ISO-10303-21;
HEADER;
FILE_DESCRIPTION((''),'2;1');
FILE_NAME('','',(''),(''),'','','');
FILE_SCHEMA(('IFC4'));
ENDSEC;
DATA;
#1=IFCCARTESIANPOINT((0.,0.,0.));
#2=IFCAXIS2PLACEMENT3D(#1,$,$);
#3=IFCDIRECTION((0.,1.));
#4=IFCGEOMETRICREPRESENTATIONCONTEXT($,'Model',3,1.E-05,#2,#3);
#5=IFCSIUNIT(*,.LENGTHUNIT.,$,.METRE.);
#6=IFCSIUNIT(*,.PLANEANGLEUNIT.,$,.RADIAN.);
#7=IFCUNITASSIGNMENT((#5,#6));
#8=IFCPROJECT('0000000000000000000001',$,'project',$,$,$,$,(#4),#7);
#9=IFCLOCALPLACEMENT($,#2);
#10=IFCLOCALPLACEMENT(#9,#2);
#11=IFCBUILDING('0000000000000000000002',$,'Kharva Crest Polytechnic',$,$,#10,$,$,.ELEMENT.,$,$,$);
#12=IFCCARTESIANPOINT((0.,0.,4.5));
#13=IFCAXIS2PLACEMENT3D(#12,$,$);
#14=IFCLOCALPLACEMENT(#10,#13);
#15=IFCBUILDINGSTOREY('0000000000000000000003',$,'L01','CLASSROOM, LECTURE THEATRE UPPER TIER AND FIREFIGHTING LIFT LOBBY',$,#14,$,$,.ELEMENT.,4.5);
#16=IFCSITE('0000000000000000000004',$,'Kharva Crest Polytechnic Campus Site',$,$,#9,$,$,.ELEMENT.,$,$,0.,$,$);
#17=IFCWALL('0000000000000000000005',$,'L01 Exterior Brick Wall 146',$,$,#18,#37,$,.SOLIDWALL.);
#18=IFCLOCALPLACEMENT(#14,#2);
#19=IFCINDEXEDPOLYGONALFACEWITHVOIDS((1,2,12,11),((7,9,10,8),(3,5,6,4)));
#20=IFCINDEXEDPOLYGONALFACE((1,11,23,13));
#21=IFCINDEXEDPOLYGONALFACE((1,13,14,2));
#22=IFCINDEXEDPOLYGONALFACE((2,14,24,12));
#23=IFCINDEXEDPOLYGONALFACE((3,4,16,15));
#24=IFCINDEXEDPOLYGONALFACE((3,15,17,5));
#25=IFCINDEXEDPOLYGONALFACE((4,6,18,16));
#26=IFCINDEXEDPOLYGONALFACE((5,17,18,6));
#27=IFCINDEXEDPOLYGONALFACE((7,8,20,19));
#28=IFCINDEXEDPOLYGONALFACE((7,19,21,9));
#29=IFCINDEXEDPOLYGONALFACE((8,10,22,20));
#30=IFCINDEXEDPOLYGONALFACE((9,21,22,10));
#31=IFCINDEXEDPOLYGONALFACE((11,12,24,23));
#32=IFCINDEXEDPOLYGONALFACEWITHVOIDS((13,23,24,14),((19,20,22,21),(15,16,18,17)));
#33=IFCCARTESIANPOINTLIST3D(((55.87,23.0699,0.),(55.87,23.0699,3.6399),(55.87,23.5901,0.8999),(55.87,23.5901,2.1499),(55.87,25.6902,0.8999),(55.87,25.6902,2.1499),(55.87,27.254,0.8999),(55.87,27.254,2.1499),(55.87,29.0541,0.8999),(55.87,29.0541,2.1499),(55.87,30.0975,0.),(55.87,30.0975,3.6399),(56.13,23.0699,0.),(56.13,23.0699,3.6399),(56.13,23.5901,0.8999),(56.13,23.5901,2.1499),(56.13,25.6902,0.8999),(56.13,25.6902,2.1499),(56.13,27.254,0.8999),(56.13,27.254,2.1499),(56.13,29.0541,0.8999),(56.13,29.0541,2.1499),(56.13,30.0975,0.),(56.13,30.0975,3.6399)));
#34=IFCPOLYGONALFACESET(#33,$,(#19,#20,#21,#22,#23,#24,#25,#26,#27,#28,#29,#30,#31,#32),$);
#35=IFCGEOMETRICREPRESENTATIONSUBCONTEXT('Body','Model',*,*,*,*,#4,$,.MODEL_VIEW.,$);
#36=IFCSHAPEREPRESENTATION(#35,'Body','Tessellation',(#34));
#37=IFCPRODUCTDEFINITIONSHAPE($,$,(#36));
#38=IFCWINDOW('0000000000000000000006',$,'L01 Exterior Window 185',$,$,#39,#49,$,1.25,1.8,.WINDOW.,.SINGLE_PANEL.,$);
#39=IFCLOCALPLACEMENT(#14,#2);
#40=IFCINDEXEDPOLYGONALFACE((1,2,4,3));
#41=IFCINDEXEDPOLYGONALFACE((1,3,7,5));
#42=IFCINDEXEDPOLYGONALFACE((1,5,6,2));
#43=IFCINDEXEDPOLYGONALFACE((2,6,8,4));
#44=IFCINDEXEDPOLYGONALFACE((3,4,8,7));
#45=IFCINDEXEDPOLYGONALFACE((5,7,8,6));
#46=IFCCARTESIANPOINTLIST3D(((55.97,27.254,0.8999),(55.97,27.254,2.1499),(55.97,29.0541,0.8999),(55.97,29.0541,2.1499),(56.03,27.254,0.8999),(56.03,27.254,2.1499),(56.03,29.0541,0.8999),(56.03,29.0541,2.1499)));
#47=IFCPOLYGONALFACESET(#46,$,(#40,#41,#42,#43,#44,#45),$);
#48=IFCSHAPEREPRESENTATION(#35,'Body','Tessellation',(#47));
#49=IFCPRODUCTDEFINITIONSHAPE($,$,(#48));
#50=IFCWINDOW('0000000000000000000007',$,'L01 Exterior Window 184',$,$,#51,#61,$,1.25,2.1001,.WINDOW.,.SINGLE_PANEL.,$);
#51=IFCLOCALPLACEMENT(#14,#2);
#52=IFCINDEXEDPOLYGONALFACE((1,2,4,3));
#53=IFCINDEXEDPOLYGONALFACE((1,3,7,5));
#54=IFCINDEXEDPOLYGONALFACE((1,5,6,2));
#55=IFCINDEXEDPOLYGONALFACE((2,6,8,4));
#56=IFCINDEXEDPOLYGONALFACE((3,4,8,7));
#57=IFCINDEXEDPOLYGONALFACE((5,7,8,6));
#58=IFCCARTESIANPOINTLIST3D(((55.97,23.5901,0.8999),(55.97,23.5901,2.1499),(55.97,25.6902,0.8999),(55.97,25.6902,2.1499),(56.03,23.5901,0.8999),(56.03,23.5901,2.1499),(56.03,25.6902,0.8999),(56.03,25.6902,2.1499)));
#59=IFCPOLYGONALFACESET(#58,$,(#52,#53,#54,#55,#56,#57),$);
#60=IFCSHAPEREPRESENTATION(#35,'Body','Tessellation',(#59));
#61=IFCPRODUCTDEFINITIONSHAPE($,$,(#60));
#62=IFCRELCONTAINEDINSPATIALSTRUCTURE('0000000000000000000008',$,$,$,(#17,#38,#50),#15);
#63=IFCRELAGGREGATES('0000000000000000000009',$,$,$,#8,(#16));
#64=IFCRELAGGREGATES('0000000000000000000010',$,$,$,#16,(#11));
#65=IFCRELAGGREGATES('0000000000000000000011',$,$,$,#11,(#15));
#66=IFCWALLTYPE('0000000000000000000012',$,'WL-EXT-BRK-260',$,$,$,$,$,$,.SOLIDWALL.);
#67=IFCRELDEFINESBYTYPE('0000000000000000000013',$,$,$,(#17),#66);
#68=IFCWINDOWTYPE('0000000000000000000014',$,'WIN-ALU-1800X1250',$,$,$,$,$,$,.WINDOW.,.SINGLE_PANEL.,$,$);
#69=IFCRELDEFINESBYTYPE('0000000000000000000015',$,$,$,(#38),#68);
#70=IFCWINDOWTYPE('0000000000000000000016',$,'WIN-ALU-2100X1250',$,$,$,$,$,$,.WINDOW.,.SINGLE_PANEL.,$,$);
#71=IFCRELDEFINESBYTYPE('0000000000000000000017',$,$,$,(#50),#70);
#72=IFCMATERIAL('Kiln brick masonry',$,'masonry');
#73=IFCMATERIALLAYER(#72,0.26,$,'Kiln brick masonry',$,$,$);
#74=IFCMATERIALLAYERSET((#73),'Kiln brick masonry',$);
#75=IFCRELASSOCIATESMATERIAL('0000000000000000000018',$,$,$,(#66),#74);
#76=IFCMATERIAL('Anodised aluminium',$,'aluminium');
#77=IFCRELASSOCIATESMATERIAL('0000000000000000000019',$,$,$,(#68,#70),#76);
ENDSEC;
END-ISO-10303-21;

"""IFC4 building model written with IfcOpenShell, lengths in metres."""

from ifc_helpers import new_model, si_unit, direction, frame, frame_2d, origin, place, context, subcontext, project, spatial, rectangle, extrude, material, layer, layer_set, type_object, element, fill, save


model = new_model("IFC4")

# Units and contexts
model_context = context("Model", 3, precision=1e-05, world=origin(), true_north=direction((0.0, 1.0)))
body_context = subcontext(model_context, "Body", "Model", "MODEL_VIEW")
ifc_project = project(units=[si_unit("LENGTHUNIT", "METRE"), si_unit("PLANEANGLEUNIT", "RADIAN")], contexts=[model_context])

# Site, building, storey
site_placement = place(None, origin())
site = spatial("IfcSite", under=ifc_project, at=site_placement, Name="Kharva Crest Polytechnic Campus Site", CompositionType="ELEMENT", RefElevation=0.0)
building_placement = place(site_placement, origin())
building = spatial("IfcBuilding", under=site, at=building_placement, Name="Kharva Crest Polytechnic", CompositionType="ELEMENT")
storey_placement = place(building_placement, frame((0.0, 0.0, 4.5)))
storey = spatial("IfcBuildingStorey", under=building, at=storey_placement, Name="L01", Description="CLASSROOM, LECTURE THEATRE UPPER TIER AND FIREFIGHTING LIFT LOBBY", CompositionType="ELEMENT", Elevation=4.5)

# Wall, openings, windows
ifc_material_1 = material(Name="Kiln brick masonry", Category="masonry")
ifc_layer_1 = layer(ifc_material_1, 0.26, Name="Kiln brick masonry")
ifc_layer_set_1 = layer_set([ifc_layer_1], Name="Kiln brick masonry")
wall_type = type_object("IfcWallType", Name="WL-EXT-BRK-260", PredefinedType="SOLIDWALL", material=ifc_layer_set_1)
wall_placement = place(storey_placement, frame((56.0, 23.0701, 0.0), z_axis=(0.0, 0.0, 1.0), x_axis=(0.0, 1.0, 0.0)))
wall = element("IfcWall", 1, at=wall_placement, inside=storey, type_object=wall_type, Name="L01 Exterior Brick Wall 146", PredefinedType="SOLIDWALL", context=body_context, shape_type="SweptSolid", body=[
    extrude(rectangle(XDim=7.0276, YDim=0.26, at=frame_2d((3.5137, 0.0))), origin(), (0.0, 0.0, 1.0), 3.6399),
])
opening_1_placement = place(wall_placement, frame((0.52, 0.0, 0.8999)))
opening_1 = element("IfcOpeningElement", 2, at=opening_1_placement, cuts=wall, PredefinedType="OPENING", context=body_context, shape_type="SweptSolid", body=[
    extrude(rectangle(XDim=2.1001, YDim=1.25, at=frame_2d((1.05, 0.625))), frame((0.0, 0.1399, 0.0), z_axis=(0.0, -1.0, 0.0), x_axis=(1.0, 0.0, 0.0)), (0.0, 0.0, 1.0), 0.28),
])
opening_2_placement = place(wall_placement, frame((4.1841, 0.0, 0.8999)))
opening_2 = element("IfcOpeningElement", 3, at=opening_2_placement, cuts=wall, PredefinedType="OPENING", context=body_context, shape_type="SweptSolid", body=[
    extrude(rectangle(XDim=1.8, YDim=1.25, at=frame_2d((0.8999, 0.625))), frame((0.0, 0.1399, 0.0), z_axis=(0.0, -1.0, 0.0), x_axis=(1.0, 0.0, 0.0)), (0.0, 0.0, 1.0), 0.28),
])
ifc_material_2 = material(Name="Anodised aluminium", Category="aluminium")
window_type_1 = type_object("IfcWindowType", Name="WIN-ALU-1800X1250", PartitioningType="SINGLE_PANEL", PredefinedType="WINDOW", material=ifc_material_2)
window_1_placement = place(opening_2_placement, origin())
window_1 = element("IfcWindow", 4, at=window_1_placement, inside=storey, type_object=window_type_1, Name="L01 Exterior Window 185", OverallHeight=1.25, OverallWidth=1.8, PartitioningType="SINGLE_PANEL", PredefinedType="WINDOW", context=body_context, shape_type="SweptSolid", body=[
    extrude(rectangle(XDim=1.8, YDim=1.25, at=frame_2d((0.8999, 0.625))), frame((0.0, 0.03, 0.0), z_axis=(0.0, -1.0, 0.0), x_axis=(1.0, 0.0, 0.0)), (0.0, 0.0, 1.0), 0.0601),
])
fill(opening_2, window_1)
window_type_2 = type_object("IfcWindowType", Name="WIN-ALU-2100X1250", PartitioningType="SINGLE_PANEL", PredefinedType="WINDOW", material=ifc_material_2)
window_2_placement = place(opening_1_placement, origin())
window_2 = element("IfcWindow", 5, at=window_2_placement, inside=storey, type_object=window_type_2, Name="L01 Exterior Window 184", OverallHeight=1.25, OverallWidth=2.1001, PartitioningType="SINGLE_PANEL", PredefinedType="WINDOW", context=body_context, shape_type="SweptSolid", body=[
    extrude(rectangle(XDim=2.1001, YDim=1.25, at=frame_2d((1.05, 0.625))), frame((0.0, 0.03, 0.0), z_axis=(0.0, -1.0, 0.0), x_axis=(1.0, 0.0, 0.0)), (0.0, 0.0, 1.0), 0.0601),
])
fill(opening_1, window_2)

save(model, "model.ifc")
